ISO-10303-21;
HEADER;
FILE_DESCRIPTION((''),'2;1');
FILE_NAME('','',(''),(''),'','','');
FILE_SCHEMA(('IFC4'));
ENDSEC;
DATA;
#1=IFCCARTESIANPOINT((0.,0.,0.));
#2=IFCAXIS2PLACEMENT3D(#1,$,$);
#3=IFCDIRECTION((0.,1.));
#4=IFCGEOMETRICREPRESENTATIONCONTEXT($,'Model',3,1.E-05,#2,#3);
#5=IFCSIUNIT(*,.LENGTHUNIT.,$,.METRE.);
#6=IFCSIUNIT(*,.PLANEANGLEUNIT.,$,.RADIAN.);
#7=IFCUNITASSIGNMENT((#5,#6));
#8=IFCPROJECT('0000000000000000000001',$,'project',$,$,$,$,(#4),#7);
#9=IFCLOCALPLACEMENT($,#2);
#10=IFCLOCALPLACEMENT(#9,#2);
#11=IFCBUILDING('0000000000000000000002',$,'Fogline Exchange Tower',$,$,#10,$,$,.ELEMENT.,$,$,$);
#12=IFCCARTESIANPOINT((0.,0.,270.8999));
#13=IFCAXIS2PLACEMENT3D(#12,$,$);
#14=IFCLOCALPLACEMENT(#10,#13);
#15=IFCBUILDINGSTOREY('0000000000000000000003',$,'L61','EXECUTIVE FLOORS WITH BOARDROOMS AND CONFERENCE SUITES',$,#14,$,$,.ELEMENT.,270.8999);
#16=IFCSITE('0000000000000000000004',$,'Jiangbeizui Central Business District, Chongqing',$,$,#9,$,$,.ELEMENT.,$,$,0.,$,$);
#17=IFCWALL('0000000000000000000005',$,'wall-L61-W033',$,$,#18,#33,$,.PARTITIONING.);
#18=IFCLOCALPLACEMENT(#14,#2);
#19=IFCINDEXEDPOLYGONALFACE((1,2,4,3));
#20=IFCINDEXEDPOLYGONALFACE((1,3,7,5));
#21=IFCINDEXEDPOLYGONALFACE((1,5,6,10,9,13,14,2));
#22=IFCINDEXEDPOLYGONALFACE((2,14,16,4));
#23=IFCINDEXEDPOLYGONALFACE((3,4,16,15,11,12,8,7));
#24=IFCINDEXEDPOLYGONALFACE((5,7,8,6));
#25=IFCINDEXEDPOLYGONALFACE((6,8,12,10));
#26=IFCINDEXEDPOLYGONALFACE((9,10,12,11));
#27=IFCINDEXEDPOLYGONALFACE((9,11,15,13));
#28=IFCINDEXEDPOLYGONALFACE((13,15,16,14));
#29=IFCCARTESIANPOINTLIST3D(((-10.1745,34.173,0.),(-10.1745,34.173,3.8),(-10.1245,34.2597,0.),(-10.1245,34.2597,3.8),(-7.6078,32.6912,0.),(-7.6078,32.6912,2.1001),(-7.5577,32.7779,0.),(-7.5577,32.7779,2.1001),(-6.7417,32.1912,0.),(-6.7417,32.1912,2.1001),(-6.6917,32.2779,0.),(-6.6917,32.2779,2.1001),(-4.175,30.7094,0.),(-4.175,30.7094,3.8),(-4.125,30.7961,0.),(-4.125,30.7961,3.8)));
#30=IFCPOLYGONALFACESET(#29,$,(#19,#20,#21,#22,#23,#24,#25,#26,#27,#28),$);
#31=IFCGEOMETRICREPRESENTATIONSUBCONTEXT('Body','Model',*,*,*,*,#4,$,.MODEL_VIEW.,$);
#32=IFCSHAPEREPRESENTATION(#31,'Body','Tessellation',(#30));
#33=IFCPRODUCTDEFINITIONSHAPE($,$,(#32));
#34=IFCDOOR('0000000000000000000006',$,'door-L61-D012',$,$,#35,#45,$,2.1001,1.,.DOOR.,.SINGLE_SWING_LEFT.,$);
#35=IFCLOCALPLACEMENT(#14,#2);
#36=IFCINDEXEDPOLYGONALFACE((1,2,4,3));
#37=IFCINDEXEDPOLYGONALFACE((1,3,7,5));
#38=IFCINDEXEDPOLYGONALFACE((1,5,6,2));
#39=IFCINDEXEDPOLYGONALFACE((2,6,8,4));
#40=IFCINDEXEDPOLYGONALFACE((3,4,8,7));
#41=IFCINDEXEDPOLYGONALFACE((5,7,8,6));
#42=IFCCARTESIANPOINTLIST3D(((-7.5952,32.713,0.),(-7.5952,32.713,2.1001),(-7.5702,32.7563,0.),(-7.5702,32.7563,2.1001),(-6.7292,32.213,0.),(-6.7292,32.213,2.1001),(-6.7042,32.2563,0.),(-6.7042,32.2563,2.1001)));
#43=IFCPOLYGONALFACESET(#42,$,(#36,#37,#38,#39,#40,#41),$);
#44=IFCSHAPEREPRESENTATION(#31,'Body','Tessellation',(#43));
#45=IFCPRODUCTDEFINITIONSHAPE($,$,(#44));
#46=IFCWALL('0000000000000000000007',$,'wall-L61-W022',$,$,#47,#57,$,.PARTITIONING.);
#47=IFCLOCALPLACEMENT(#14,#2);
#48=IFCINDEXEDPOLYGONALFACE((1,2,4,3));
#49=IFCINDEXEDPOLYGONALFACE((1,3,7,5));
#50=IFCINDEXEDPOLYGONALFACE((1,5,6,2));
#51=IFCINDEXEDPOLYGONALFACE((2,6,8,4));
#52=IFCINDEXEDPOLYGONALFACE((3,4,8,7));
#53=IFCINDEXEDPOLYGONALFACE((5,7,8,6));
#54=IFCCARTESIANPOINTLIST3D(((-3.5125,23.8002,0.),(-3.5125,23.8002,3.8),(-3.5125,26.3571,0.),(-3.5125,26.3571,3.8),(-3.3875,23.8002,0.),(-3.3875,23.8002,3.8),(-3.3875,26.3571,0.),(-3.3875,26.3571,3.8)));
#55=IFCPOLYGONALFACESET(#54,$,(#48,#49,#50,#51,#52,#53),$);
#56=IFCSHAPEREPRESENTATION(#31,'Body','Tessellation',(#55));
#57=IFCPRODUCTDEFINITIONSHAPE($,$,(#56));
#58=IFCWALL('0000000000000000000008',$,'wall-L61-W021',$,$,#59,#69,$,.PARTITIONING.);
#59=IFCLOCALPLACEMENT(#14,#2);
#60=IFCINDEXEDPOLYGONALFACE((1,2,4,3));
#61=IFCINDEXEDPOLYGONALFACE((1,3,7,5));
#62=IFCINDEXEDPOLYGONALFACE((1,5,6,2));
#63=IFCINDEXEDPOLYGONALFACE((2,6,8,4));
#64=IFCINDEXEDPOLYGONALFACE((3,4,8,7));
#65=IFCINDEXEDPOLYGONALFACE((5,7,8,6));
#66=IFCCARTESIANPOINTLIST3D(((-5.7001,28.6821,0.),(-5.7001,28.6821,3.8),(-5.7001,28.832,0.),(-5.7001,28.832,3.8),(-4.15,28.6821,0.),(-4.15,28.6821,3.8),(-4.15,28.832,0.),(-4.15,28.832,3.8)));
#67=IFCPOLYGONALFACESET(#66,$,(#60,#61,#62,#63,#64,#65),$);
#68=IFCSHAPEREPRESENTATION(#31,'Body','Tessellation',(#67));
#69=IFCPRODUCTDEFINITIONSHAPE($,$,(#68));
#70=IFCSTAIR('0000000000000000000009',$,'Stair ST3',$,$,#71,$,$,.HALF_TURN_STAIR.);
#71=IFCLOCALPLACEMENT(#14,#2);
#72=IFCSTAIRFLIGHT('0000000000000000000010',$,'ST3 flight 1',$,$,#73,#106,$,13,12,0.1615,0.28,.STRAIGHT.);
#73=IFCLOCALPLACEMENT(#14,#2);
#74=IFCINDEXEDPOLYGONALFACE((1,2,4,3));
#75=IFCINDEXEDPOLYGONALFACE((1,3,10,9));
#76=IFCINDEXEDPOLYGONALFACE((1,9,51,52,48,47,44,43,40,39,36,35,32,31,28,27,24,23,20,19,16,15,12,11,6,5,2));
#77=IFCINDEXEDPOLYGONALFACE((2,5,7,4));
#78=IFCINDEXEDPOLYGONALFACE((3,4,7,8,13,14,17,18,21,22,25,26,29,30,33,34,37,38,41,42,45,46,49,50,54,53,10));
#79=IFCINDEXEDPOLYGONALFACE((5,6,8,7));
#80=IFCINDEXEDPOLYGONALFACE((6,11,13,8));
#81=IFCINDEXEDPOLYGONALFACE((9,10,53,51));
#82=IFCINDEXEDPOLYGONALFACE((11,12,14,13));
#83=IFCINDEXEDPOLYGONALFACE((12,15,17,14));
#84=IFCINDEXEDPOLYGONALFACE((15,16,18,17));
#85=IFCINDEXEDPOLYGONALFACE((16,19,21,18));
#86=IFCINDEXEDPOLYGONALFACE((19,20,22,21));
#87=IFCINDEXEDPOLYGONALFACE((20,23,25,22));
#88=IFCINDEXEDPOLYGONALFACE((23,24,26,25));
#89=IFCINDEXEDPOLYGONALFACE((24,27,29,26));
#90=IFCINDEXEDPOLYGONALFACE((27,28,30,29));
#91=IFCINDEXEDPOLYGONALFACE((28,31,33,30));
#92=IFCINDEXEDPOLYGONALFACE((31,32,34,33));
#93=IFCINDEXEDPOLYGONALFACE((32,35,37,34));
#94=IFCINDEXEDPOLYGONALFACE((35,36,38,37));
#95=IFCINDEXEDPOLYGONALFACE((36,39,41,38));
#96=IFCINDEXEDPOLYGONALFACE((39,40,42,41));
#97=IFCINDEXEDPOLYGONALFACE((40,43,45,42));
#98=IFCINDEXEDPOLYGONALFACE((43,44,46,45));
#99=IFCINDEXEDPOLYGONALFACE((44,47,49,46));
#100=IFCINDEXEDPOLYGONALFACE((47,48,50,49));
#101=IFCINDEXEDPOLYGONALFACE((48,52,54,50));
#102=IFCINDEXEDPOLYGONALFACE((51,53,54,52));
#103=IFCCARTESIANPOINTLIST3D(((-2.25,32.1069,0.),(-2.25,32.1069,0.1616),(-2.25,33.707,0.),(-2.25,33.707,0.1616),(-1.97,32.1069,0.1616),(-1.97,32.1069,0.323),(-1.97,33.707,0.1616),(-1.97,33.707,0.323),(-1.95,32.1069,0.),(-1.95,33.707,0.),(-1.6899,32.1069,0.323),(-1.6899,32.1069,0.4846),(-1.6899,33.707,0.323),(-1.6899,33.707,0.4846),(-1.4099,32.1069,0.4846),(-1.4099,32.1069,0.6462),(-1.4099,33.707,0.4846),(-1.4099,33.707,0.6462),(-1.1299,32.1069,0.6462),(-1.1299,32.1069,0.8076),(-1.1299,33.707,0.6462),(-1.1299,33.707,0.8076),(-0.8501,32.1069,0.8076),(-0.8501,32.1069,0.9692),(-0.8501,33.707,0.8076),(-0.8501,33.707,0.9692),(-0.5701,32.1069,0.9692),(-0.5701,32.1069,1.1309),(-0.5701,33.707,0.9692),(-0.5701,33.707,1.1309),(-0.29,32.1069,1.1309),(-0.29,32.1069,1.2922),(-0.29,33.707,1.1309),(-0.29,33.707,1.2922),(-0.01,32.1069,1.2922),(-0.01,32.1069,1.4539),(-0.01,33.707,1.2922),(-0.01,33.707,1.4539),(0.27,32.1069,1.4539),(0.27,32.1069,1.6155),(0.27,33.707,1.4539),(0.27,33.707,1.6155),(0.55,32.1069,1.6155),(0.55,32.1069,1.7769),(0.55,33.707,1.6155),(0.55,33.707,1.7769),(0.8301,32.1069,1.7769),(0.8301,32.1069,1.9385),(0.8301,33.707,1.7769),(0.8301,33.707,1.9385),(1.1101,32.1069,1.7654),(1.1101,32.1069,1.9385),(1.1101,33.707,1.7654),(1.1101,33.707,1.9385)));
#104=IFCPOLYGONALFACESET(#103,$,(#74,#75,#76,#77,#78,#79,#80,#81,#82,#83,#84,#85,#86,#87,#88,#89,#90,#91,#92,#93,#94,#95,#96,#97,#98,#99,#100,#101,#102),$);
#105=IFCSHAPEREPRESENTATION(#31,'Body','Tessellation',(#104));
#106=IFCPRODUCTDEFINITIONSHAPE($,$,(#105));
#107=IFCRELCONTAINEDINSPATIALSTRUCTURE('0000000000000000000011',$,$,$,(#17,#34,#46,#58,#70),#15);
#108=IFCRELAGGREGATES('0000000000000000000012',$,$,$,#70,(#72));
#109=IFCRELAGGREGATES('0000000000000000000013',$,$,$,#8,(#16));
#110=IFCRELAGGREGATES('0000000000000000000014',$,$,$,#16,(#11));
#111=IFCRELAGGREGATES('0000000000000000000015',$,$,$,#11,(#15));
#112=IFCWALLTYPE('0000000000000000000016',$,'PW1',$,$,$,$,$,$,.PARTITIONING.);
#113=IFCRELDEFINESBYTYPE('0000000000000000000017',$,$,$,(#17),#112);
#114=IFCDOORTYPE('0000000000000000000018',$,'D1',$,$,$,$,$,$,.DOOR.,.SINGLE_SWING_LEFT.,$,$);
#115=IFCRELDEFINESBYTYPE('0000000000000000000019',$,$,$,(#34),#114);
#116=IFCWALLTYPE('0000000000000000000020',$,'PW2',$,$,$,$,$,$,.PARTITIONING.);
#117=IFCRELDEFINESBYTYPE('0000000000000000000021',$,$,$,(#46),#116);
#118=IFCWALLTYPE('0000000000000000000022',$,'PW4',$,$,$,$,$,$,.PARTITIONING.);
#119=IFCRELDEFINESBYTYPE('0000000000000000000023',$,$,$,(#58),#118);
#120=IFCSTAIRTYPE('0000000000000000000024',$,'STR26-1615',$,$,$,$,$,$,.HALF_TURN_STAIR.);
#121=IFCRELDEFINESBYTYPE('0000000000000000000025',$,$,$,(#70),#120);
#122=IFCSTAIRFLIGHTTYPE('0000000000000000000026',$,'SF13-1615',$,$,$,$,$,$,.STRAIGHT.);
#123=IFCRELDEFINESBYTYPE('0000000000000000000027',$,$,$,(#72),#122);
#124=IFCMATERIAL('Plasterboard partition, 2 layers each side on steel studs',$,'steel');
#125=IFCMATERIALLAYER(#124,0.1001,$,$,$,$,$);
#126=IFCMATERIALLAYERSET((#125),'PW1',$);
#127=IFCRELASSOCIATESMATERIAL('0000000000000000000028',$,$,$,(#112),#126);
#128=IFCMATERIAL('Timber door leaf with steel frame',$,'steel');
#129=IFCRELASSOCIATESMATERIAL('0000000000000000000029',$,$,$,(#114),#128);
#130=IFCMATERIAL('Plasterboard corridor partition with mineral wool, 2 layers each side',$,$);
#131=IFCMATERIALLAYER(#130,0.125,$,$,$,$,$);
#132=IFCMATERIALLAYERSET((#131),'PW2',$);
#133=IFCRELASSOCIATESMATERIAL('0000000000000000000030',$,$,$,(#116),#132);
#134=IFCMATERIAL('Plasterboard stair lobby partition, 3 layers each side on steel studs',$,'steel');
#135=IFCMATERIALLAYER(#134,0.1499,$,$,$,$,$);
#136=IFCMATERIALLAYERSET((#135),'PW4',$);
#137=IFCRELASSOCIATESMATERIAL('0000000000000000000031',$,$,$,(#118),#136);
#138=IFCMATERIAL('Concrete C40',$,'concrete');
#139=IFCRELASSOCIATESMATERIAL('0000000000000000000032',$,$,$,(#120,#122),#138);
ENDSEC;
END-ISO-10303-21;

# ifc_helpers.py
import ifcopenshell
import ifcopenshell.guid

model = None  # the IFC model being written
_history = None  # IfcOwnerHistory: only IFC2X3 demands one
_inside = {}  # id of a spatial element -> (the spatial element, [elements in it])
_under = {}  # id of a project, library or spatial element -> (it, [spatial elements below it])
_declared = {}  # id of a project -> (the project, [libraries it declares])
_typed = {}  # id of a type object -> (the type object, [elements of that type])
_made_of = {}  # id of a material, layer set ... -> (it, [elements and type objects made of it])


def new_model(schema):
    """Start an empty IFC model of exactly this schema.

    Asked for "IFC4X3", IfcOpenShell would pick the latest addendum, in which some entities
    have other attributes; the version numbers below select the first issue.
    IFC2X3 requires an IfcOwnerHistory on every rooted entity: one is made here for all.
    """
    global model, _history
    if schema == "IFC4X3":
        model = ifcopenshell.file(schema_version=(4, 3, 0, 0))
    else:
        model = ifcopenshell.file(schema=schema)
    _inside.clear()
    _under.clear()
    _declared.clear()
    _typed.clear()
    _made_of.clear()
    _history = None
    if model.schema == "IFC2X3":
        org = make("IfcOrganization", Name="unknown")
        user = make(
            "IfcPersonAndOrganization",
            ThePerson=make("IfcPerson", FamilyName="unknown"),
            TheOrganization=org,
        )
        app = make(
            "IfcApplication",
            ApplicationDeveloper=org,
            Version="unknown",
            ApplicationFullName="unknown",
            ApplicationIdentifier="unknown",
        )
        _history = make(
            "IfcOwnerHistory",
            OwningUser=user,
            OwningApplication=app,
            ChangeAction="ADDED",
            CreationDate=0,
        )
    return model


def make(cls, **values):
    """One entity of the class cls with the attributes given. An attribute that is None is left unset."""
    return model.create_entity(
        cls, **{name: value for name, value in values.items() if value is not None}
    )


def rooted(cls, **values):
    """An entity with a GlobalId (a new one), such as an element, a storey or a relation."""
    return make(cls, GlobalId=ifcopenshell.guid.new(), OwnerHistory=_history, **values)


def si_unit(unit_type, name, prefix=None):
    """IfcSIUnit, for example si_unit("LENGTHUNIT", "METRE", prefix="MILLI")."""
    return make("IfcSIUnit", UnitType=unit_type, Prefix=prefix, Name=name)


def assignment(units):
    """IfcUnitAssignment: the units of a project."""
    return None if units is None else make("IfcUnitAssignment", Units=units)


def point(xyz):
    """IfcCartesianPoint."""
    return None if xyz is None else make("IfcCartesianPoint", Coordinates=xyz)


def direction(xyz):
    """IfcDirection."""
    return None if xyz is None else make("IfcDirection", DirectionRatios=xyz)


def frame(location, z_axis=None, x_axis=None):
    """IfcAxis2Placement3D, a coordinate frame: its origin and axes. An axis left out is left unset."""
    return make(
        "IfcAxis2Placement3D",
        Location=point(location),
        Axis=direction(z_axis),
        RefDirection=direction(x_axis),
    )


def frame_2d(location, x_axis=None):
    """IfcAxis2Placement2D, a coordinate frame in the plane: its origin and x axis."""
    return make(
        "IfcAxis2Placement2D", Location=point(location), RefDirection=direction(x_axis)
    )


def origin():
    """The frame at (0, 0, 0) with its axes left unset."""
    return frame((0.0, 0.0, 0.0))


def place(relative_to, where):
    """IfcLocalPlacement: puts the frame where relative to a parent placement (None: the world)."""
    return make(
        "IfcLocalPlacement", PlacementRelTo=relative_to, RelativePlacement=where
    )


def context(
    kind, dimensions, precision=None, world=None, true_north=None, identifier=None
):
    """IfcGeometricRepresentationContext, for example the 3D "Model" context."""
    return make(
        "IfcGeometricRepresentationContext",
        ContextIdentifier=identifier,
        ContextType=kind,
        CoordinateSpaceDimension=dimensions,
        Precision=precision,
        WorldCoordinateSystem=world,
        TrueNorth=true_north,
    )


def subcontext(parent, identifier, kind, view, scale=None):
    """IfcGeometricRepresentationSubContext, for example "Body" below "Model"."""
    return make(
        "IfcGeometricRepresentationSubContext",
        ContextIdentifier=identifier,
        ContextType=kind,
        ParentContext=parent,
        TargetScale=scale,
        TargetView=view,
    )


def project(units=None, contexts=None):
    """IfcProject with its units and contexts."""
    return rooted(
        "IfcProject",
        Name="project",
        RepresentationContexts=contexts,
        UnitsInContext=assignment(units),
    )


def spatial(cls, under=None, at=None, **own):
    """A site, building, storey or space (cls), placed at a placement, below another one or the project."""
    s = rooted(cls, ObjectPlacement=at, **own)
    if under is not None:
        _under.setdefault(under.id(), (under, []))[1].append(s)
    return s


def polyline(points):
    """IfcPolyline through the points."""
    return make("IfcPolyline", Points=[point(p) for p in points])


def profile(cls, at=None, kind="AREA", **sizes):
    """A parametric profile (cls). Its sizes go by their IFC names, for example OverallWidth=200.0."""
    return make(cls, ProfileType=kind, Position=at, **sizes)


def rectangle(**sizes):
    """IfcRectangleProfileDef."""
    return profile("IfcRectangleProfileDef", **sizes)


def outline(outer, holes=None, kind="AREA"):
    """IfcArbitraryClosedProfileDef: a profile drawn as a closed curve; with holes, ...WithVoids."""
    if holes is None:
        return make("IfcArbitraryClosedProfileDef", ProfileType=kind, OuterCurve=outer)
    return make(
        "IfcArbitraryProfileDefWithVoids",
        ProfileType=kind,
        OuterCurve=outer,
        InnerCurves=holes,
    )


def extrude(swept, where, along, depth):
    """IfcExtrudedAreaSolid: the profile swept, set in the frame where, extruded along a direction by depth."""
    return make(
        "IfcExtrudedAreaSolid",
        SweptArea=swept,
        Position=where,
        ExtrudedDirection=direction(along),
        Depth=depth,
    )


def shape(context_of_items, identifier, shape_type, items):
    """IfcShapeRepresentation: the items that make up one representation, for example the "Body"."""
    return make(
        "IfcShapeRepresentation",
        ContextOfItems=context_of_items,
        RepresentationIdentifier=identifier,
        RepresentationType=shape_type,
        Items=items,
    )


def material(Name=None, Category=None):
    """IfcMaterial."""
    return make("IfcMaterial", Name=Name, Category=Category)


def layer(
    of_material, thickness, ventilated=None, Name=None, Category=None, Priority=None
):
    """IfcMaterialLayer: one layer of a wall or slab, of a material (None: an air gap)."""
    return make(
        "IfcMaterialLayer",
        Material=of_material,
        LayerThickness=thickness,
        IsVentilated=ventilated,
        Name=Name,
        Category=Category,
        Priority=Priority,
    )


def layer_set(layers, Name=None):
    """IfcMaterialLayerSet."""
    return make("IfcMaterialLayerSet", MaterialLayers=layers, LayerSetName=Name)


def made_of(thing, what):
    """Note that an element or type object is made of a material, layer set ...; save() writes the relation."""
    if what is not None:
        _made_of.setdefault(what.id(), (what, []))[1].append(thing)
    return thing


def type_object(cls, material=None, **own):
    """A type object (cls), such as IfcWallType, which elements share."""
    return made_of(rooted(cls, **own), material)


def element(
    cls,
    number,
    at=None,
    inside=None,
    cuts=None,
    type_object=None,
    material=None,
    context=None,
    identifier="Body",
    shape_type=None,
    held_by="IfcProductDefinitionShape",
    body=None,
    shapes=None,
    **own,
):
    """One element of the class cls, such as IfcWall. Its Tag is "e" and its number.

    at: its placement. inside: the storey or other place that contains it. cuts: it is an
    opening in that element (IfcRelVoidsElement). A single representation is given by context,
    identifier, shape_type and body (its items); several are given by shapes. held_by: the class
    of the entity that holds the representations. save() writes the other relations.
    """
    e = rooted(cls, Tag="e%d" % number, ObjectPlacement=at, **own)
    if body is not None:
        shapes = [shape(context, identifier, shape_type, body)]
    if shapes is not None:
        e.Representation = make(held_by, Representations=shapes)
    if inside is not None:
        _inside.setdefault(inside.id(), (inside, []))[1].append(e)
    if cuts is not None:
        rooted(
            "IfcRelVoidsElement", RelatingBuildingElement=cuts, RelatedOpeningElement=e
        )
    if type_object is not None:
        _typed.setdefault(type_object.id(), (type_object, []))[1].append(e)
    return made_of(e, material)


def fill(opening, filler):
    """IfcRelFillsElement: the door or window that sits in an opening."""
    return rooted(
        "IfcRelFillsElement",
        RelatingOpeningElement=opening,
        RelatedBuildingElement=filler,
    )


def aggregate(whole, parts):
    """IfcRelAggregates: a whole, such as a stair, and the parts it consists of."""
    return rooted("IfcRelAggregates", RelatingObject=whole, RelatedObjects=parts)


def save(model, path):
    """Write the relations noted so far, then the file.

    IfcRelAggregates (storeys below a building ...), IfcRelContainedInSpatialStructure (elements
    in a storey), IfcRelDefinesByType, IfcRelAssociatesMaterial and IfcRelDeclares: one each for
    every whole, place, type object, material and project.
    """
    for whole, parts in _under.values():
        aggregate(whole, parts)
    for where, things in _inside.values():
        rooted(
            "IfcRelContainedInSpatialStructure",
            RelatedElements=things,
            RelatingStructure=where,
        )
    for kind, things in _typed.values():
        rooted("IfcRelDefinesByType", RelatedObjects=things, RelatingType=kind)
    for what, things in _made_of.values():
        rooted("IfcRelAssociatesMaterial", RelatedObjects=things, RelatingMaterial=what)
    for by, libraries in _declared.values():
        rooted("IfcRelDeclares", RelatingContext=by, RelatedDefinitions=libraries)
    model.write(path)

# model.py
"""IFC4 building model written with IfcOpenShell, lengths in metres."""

from ifc_helpers import new_model, si_unit, direction, frame, frame_2d, origin, place, context, subcontext, project, spatial, polyline, rectangle, outline, extrude, material, layer, layer_set, type_object, element, fill, aggregate, save


model = new_model("IFC4")

# Units and contexts
model_context = context("Model", 3, precision=1e-05, world=origin(), true_north=direction((0.0, 1.0)))
body_context = subcontext(model_context, "Body", "Model", "MODEL_VIEW")
ifc_project = project(units=[si_unit("LENGTHUNIT", "METRE"), si_unit("PLANEANGLEUNIT", "RADIAN")], contexts=[model_context])

# Site, building, storey
site_placement = place(None, origin())
site = spatial("IfcSite", under=ifc_project, at=site_placement, Name="Jiangbeizui Central Business District, Chongqing", CompositionType="ELEMENT", RefElevation=0.0)
building_placement = place(site_placement, origin())
building = spatial("IfcBuilding", under=site, at=building_placement, Name="Fogline Exchange Tower", CompositionType="ELEMENT")
storey_placement = place(building_placement, frame((0.0, 0.0, 270.8999)))
storey = spatial("IfcBuildingStorey", under=building, at=storey_placement, Name="L61", Description="EXECUTIVE FLOORS WITH BOARDROOMS AND CONFERENCE SUITES", CompositionType="ELEMENT", Elevation=270.8999)

# Shared definitions
ifc_material_1 = material(Name="Concrete C40", Category="concrete")

# Wall, opening, door
ifc_material_2 = material(Name="Plasterboard partition, 2 layers each side on steel studs", Category="steel")
ifc_layer_1 = layer(ifc_material_2, 0.1001)
ifc_layer_set_1 = layer_set([ifc_layer_1], Name="PW1")
wall_type_1 = type_object("IfcWallType", Name="PW1", PredefinedType="PARTITIONING", material=ifc_layer_set_1)
wall_1_placement = place(storey_placement, frame((-4.1499, 30.7527, 0.0), z_axis=(0.0, 0.0, 1.0), x_axis=(-0.866038, 0.499979, 0.0)))
wall_1 = element("IfcWall", 1, at=wall_1_placement, inside=storey, type_object=wall_type_1, Name="wall-L61-W033", PredefinedType="PARTITIONING", context=body_context, shape_type="SweptSolid", body=[
    extrude(rectangle(XDim=6.9275, YDim=0.1001, at=frame_2d((3.4639, 0.0))), origin(), (0.0, 0.0, 1.0), 3.8),
])
opening_1_placement = place(wall_1_placement, frame((2.9639, 0.0, 0.0)))
opening_1 = element("IfcOpeningElement", 2, at=opening_1_placement, cuts=wall_1, PredefinedType="OPENING", context=body_context, shape_type="SweptSolid", body=[
    extrude(rectangle(XDim=1.0, YDim=2.1001, at=frame_2d((0.5, 1.05))), frame((0.0, 0.0601, 0.0), z_axis=(0.0, -1.0, 0.0), x_axis=(1.0, 0.0, 0.0)), (0.0, 0.0, 1.0), 0.1201),
])
ifc_material_3 = material(Name="Timber door leaf with steel frame", Category="steel")
door_type_1 = type_object("IfcDoorType", Name="D1", OperationType="SINGLE_SWING_LEFT", PredefinedType="DOOR", material=ifc_material_3)
door_1_placement = place(opening_1_placement, origin())
door_1 = element("IfcDoor", 3, at=door_1_placement, inside=storey, type_object=door_type_1, Name="door-L61-D012", OperationType="SINGLE_SWING_LEFT", OverallHeight=2.1001, OverallWidth=1.0, PredefinedType="DOOR", context=body_context, shape_type="SweptSolid", body=[
    extrude(rectangle(XDim=1.0, YDim=2.1001, at=frame_2d((0.5, 1.05))), frame((0.0, 0.0249, 0.0), z_axis=(0.0, -1.0, 0.0), x_axis=(1.0, 0.0, 0.0)), (0.0, 0.0, 1.0), 0.05),
])
fill(opening_1, door_1)

# Walls
ifc_material_4 = material(Name="Plasterboard corridor partition with mineral wool, 2 layers each side")
ifc_layer_2 = layer(ifc_material_4, 0.125)
ifc_layer_set_2 = layer_set([ifc_layer_2], Name="PW2")
wall_type_2 = type_object("IfcWallType", Name="PW2", PredefinedType="PARTITIONING", material=ifc_layer_set_2)
wall_2_placement = place(storey_placement, frame((-3.45, 26.3569, 0.0), z_axis=(0.0, 0.0, 1.0), x_axis=(0.0, -1.0, 0.0)))
element("IfcWall", 4, at=wall_2_placement, inside=storey, type_object=wall_type_2, Name="wall-L61-W022", PredefinedType="PARTITIONING", context=body_context, shape_type="SweptSolid", body=[
    extrude(rectangle(XDim=2.5569, YDim=0.125, at=frame_2d((1.2783, 0.0))), origin(), (0.0, 0.0, 1.0), 3.8),
])
ifc_material_5 = material(Name="Plasterboard stair lobby partition, 3 layers each side on steel studs", Category="steel")
ifc_layer_3 = layer(ifc_material_5, 0.1499)
ifc_layer_set_3 = layer_set([ifc_layer_3], Name="PW4")
wall_type_3 = type_object("IfcWallType", Name="PW4", PredefinedType="PARTITIONING", material=ifc_layer_set_3)
wall_3_placement = place(storey_placement, frame((-5.7, 28.7571, 0.0), z_axis=(0.0, 0.0, 1.0), x_axis=(1.0, 0.0, 0.0)))
element("IfcWall", 5, at=wall_3_placement, inside=storey, type_object=wall_type_3, Name="wall-L61-W021", PredefinedType="PARTITIONING", context=body_context, shape_type="SweptSolid", body=[
    extrude(rectangle(XDim=1.55, YDim=0.1499, at=frame_2d((0.7749, 0.0))), origin(), (0.0, 0.0, 1.0), 3.8),
])

# Stair, stair flight
stair_type = type_object("IfcStairType", Name="STR26-1615", PredefinedType="HALF_TURN_STAIR", material=ifc_material_1)
stair_placement = place(storey_placement, origin())
stair = element("IfcStair", 6, at=stair_placement, inside=storey, type_object=stair_type, Name="Stair ST3", PredefinedType="HALF_TURN_STAIR")
stair_flight_type = type_object("IfcStairFlightType", Name="SF13-1615", PredefinedType="STRAIGHT", material=ifc_material_1)
stair_flight_placement = place(storey_placement, frame((-2.25, 32.907, 0.0), z_axis=(0.0, 0.0, 1.0), x_axis=(1.0, 0.0, 0.0)))
stair_flight = element("IfcStairFlight", 7, at=stair_flight_placement, type_object=stair_flight_type, Name="ST3 flight 1", NumberOfRisers=13, NumberOfTreads=12, PredefinedType="STRAIGHT", RiserHeight=0.1615, TreadLength=0.28, context=body_context, shape_type="SweptSolid", body=[
    extrude(outline(polyline([(0.0, 0.0), (0.0, 0.1616), (0.28, 0.1616), (0.28, 0.323), (0.5601, 0.323), (0.5601, 0.4846), (0.8401, 0.4846), (0.8401, 0.6462), (1.1201, 0.6462), (1.1201, 0.8076), (1.3999, 0.8076), (1.3999, 0.9692), (1.6799, 0.9692), (1.6799, 1.1309), (1.96, 1.1309), (1.96, 1.2922), (2.24, 1.2922), (2.24, 1.4539), (2.52, 1.4539), (2.52, 1.6155), (2.8, 1.6155), (2.8, 1.7769), (3.0801, 1.7769), (3.0801, 1.9385), (3.3601, 1.9385), (3.3601, 2.1001), (3.3601, 1.7654), (0.3, 0.0), (0.0, 0.0)])), frame((0.0, 0.8, 0.0), z_axis=(0.0, -1.0, 0.0), x_axis=(1.0, 0.0, 0.0)), (0.0, 0.0, 1.0), 1.6001),
])
aggregate(stair, [stair_flight])

save(model, "model.ifc")
